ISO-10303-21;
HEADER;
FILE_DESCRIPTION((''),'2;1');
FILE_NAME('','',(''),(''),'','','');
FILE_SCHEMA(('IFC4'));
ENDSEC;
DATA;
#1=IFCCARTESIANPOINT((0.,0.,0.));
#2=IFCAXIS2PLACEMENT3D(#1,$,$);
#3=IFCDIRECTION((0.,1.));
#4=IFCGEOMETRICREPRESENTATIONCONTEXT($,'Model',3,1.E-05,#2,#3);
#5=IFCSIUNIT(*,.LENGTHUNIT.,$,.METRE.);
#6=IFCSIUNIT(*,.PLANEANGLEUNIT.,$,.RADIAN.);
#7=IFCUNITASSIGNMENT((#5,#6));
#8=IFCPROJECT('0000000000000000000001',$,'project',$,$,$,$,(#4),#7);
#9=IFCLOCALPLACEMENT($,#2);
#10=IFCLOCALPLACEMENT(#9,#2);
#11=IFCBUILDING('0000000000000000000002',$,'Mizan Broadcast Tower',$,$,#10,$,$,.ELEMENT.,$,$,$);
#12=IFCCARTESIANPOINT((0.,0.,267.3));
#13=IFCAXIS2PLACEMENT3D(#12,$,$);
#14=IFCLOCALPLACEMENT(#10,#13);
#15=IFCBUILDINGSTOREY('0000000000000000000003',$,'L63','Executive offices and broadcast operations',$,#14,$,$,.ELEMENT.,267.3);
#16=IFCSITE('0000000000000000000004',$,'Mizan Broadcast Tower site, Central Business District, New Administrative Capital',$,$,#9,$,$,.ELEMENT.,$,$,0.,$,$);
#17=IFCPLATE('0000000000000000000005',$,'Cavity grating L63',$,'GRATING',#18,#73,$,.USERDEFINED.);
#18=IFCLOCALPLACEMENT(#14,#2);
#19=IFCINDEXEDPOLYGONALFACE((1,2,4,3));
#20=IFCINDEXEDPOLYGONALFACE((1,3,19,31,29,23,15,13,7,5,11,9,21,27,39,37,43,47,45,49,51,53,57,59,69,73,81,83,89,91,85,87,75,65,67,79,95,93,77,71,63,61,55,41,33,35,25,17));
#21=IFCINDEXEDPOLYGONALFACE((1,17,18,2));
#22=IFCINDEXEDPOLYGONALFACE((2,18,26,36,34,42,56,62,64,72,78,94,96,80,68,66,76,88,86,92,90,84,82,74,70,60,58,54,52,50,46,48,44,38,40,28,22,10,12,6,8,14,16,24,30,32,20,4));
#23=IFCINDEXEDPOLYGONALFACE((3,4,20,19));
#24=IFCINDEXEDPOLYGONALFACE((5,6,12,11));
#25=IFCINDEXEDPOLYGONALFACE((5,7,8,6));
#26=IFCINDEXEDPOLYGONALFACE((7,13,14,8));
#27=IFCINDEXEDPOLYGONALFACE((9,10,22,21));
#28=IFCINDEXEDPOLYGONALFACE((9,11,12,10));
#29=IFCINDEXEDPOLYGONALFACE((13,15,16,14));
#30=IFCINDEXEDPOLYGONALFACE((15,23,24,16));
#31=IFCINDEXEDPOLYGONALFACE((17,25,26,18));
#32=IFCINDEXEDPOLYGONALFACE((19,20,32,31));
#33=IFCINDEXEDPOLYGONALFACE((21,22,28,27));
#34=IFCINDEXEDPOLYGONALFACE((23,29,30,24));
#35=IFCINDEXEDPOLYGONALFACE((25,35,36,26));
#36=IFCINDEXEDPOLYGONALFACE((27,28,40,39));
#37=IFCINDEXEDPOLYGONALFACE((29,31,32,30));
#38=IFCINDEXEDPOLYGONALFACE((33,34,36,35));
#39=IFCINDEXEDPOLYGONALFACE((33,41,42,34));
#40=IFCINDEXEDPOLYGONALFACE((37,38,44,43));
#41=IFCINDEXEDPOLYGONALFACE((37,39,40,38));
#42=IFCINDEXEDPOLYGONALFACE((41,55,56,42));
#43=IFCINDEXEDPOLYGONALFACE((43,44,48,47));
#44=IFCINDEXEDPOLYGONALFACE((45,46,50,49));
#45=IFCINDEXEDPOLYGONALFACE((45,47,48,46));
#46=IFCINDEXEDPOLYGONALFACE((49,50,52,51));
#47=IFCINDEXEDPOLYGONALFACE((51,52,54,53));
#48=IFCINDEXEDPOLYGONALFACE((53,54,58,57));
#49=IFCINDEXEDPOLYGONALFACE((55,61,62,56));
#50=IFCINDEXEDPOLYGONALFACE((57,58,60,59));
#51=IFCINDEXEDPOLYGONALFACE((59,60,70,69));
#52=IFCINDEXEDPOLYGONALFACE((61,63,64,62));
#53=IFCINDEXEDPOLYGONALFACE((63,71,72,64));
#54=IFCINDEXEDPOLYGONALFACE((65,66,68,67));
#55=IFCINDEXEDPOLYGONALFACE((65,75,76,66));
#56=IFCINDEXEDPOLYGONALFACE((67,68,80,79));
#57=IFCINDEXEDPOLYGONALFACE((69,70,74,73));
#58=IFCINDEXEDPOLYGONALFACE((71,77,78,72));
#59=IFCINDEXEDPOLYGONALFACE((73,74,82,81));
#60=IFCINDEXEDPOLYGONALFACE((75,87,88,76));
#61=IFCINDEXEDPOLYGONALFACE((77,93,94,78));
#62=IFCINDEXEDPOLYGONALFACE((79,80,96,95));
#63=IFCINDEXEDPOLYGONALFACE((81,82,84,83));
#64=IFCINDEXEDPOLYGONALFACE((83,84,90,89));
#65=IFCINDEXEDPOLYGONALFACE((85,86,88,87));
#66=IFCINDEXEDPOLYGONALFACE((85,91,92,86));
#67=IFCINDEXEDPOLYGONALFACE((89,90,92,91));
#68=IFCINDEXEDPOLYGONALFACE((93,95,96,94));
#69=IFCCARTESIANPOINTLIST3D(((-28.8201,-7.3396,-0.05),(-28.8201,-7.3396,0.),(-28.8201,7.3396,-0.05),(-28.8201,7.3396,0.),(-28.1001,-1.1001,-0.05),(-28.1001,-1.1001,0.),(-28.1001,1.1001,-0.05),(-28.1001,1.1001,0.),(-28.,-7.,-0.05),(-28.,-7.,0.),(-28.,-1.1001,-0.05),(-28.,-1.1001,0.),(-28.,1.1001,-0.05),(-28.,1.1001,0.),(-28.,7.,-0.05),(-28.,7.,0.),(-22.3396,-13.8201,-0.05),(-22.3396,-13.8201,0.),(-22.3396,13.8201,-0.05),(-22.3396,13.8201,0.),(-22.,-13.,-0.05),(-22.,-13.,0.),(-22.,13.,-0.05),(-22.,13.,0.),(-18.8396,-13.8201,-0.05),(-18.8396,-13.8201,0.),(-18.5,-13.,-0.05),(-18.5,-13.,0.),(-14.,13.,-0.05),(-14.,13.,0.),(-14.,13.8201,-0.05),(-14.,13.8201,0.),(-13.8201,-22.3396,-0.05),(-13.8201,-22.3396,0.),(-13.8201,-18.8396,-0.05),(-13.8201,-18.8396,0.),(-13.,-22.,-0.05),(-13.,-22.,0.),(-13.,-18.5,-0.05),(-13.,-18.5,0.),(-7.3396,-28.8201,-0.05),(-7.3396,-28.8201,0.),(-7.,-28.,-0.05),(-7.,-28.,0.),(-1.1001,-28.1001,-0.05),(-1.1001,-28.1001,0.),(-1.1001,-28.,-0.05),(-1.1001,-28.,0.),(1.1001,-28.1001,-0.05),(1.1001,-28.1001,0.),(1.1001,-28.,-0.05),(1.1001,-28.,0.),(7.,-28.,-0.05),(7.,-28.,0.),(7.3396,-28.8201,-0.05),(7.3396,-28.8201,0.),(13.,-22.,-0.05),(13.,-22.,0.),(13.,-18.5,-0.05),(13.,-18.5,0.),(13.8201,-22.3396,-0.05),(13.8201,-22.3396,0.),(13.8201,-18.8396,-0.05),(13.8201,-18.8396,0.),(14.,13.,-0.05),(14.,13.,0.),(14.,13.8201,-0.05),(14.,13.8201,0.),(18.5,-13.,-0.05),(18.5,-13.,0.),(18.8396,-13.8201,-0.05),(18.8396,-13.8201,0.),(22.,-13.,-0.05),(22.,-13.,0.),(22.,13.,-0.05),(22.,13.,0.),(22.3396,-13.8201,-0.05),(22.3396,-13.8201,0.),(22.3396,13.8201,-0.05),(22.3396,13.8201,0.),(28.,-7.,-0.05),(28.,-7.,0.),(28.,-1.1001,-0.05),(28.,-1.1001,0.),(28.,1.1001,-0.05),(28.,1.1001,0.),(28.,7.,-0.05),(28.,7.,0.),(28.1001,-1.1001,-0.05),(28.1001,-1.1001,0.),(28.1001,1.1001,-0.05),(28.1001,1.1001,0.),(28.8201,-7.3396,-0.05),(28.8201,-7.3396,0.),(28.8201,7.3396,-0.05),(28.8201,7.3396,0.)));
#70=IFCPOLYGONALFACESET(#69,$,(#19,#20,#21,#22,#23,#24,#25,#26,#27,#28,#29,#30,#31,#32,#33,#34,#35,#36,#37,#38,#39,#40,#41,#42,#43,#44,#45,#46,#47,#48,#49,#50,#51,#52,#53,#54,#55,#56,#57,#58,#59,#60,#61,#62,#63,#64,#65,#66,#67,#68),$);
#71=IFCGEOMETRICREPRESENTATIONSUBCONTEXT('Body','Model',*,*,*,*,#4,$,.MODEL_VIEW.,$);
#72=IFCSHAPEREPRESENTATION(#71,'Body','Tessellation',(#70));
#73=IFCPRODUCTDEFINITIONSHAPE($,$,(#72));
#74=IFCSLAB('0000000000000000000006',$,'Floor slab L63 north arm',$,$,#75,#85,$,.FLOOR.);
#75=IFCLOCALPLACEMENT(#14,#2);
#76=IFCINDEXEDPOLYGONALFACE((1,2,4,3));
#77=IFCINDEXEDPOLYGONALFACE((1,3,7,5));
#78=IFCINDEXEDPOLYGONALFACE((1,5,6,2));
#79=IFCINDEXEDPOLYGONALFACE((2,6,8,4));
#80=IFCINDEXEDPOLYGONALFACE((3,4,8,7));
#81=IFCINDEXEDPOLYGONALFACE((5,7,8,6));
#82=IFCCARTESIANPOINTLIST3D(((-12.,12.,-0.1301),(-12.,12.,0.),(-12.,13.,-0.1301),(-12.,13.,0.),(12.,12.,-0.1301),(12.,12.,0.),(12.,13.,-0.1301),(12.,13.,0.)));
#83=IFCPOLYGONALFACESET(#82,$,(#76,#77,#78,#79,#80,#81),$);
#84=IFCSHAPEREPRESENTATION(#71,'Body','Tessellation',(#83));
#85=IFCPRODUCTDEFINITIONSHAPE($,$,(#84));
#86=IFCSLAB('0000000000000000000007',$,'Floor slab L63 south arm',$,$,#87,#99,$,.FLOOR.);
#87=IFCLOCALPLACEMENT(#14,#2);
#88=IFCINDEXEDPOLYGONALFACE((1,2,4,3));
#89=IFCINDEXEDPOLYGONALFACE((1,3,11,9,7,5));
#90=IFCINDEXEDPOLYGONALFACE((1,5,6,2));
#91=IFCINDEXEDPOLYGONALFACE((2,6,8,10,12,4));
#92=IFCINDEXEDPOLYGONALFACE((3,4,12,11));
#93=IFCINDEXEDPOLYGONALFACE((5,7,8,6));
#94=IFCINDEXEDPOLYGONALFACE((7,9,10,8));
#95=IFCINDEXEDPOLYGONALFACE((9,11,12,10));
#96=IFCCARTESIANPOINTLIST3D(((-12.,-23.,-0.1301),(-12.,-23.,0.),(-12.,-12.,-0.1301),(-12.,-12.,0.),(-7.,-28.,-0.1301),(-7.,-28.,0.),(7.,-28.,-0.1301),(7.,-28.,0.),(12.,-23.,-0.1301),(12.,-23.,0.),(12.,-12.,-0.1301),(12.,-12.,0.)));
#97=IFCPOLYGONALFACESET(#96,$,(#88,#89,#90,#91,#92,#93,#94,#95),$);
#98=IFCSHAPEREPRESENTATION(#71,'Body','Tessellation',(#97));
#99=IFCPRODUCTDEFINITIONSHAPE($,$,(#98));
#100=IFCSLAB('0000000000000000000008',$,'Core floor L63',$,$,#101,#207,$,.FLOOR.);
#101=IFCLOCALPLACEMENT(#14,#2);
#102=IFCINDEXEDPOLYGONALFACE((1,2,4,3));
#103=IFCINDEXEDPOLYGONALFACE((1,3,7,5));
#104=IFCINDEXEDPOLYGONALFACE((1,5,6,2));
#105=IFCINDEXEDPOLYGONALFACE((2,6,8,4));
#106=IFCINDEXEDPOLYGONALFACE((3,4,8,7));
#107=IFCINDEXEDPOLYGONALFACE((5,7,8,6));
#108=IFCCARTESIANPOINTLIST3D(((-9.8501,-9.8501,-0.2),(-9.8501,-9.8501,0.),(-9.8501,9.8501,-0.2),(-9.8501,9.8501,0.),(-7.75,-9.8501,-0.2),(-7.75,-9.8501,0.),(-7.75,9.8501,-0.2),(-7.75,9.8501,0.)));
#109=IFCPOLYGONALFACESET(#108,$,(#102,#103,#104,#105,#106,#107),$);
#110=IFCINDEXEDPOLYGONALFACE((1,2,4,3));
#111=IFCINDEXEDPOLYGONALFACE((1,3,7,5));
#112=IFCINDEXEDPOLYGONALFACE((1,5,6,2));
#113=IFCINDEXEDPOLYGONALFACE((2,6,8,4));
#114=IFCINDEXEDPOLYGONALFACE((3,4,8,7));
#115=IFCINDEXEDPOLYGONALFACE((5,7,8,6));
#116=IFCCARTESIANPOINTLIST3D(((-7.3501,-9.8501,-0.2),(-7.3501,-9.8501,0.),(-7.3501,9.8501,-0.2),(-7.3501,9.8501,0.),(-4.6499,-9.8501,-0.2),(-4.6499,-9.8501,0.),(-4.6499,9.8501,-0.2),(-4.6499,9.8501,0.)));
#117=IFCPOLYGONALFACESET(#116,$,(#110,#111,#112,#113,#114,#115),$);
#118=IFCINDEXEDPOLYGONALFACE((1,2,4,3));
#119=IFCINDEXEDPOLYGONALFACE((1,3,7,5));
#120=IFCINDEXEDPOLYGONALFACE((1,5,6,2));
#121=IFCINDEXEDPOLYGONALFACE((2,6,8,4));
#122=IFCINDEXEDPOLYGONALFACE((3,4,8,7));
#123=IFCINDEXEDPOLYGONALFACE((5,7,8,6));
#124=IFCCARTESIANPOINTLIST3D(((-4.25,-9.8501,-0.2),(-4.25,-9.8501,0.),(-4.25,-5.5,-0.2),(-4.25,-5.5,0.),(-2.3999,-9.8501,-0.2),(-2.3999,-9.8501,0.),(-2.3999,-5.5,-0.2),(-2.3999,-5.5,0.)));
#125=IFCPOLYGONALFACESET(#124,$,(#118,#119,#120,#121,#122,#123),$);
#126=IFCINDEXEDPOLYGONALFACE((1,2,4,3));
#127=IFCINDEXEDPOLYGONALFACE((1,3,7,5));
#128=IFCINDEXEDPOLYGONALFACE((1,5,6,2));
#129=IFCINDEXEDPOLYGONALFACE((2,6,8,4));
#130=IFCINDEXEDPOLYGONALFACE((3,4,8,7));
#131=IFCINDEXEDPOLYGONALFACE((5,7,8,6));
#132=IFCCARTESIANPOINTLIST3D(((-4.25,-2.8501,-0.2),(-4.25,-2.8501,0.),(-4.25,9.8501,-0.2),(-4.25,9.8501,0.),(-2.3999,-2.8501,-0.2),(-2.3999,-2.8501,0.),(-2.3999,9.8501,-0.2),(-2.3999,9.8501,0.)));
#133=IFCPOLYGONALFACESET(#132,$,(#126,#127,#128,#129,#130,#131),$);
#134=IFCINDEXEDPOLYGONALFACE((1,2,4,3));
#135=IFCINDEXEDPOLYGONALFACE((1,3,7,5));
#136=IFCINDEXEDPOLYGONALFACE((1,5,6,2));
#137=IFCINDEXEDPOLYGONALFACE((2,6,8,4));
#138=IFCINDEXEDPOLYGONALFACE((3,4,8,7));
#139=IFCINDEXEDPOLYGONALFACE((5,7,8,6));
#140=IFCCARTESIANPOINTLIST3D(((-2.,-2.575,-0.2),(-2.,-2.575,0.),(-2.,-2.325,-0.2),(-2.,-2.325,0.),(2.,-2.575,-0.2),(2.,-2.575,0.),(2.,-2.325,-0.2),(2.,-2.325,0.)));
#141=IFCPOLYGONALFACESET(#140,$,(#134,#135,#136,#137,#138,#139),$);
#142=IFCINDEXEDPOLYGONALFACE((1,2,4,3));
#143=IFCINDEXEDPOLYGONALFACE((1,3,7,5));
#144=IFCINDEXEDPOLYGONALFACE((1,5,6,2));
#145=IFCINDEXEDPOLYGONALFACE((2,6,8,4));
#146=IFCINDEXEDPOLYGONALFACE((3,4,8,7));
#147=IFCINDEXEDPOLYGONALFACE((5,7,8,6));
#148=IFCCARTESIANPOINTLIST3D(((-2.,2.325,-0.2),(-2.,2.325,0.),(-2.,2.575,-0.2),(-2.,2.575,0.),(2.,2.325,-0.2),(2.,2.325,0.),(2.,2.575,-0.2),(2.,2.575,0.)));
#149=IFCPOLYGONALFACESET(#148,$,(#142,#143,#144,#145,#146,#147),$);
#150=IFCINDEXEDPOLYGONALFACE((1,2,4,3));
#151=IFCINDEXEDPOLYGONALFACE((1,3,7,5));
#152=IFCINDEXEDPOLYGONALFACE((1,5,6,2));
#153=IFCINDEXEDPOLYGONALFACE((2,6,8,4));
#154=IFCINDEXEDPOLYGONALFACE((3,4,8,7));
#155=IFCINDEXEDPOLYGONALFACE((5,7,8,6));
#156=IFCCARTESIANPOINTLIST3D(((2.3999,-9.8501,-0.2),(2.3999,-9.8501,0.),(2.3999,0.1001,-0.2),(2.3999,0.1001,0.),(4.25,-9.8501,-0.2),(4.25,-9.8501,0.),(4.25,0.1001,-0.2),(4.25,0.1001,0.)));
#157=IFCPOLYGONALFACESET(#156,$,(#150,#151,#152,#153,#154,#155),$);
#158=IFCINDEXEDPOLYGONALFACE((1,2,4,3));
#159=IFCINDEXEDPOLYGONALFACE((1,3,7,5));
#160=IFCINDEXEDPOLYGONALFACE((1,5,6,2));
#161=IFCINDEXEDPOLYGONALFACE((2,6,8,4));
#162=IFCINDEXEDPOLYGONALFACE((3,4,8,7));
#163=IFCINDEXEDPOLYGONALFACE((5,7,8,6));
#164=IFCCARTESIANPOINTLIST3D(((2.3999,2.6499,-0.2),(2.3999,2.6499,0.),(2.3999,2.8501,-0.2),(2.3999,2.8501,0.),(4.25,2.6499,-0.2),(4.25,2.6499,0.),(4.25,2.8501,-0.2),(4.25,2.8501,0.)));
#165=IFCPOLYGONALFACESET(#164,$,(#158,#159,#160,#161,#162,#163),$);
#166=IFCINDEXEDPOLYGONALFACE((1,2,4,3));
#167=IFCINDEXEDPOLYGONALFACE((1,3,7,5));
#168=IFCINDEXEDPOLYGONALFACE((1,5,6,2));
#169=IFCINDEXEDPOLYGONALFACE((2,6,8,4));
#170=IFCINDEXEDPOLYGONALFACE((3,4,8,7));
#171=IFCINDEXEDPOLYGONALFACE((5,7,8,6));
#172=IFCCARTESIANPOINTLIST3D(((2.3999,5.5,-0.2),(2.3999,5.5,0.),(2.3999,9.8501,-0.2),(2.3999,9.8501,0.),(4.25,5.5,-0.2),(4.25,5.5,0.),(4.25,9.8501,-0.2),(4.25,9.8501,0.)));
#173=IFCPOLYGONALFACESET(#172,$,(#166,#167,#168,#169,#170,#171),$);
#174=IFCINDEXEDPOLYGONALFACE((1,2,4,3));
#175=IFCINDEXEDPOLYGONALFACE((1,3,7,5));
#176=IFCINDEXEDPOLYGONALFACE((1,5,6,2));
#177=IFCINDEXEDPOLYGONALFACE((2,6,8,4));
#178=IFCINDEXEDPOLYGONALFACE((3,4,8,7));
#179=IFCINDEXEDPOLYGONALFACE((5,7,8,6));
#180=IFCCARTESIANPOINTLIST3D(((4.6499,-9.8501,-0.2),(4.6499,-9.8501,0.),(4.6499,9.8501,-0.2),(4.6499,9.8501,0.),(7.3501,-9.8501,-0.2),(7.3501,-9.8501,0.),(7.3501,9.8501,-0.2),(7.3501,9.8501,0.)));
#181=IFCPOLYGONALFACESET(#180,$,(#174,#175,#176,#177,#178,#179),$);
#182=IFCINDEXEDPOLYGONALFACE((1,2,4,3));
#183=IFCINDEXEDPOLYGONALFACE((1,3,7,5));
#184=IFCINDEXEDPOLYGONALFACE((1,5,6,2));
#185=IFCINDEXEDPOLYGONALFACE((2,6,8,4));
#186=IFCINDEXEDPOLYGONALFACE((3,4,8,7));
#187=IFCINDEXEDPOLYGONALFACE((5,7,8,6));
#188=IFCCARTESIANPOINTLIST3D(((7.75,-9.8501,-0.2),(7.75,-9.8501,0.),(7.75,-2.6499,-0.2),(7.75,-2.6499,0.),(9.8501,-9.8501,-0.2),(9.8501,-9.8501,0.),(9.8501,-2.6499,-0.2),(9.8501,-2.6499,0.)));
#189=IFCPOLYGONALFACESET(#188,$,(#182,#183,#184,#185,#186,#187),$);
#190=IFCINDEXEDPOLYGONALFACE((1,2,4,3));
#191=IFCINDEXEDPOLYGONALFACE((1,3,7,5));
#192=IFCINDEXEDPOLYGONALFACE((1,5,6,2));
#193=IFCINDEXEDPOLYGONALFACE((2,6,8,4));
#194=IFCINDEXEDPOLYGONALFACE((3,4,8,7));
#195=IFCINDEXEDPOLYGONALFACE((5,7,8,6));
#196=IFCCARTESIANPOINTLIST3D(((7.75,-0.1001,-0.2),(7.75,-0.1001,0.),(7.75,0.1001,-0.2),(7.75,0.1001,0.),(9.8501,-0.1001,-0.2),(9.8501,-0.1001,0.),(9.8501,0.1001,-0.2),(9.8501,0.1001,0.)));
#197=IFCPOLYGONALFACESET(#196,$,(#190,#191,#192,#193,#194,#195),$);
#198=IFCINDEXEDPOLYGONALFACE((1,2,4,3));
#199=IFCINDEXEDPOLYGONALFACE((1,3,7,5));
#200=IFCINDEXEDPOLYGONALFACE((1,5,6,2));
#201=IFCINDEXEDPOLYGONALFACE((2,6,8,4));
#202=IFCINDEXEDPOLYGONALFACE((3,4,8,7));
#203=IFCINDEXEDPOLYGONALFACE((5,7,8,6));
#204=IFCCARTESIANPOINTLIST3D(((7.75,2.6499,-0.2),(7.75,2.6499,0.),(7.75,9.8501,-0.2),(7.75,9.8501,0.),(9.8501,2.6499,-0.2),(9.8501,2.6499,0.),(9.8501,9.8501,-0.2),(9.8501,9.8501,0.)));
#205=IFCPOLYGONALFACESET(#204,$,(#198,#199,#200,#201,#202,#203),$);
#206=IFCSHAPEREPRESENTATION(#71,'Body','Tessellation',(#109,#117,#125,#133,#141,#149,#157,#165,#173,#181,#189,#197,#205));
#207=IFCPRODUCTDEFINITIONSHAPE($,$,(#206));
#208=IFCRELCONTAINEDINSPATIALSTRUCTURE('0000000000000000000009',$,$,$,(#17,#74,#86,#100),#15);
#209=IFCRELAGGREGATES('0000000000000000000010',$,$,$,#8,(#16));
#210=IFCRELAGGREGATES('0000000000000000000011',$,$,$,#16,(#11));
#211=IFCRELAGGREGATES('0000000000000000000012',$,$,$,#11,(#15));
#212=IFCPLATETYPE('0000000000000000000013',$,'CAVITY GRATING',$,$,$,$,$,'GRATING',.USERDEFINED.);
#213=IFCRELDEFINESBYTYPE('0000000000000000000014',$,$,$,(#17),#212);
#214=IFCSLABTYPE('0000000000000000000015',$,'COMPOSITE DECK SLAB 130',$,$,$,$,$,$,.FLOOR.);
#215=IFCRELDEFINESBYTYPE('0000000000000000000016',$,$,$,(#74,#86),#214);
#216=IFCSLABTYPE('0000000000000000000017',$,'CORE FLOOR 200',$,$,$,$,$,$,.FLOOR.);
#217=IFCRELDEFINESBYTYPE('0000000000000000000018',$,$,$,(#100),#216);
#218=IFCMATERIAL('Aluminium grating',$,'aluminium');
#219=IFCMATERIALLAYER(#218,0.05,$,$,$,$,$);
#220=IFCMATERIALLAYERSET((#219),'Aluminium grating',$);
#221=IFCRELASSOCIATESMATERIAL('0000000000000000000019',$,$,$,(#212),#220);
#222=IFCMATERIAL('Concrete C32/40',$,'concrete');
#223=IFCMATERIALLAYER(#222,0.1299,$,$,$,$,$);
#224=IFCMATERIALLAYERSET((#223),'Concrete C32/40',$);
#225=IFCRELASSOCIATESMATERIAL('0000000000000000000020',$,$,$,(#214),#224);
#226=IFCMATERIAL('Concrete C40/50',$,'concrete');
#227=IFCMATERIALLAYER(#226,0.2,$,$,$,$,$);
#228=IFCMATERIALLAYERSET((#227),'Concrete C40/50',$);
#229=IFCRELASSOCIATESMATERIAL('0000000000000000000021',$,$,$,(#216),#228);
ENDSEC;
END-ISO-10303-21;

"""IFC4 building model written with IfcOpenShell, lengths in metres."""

from ifc_helpers import new_model, si_unit, direction, frame, origin, place, context, subcontext, project, spatial, polyline, outline, extrude, material, layer, layer_set, type_object, element, save


model = new_model("IFC4")

# Units and contexts
model_context = context("Model", 3, precision=1e-05, world=origin(), true_north=direction((0.0, 1.0)))
body_context = subcontext(model_context, "Body", "Model", "MODEL_VIEW")
ifc_project = project(units=[si_unit("LENGTHUNIT", "METRE"), si_unit("PLANEANGLEUNIT", "RADIAN")], contexts=[model_context])

# Site, building, storey
site_placement = place(None, origin())
site = spatial("IfcSite", under=ifc_project, at=site_placement, Name="Mizan Broadcast Tower site, Central Business District, New Administrative Capital", CompositionType="ELEMENT", RefElevation=0.0)
building_placement = place(site_placement, origin())
building = spatial("IfcBuilding", under=site, at=building_placement, Name="Mizan Broadcast Tower", CompositionType="ELEMENT")
storey_placement = place(building_placement, frame((0.0, 0.0, 267.3)))
storey = spatial("IfcBuildingStorey", under=building, at=storey_placement, Name="L63", Description="Executive offices and broadcast operations", CompositionType="ELEMENT", Elevation=267.3)

# Plate
ifc_material_1 = material(Name="Aluminium grating", Category="aluminium")
ifc_layer_1 = layer(ifc_material_1, 0.05)
ifc_layer_set_1 = layer_set([ifc_layer_1], Name="Aluminium grating")
plate_type = type_object("IfcPlateType", Name="CAVITY GRATING", ElementType="GRATING", PredefinedType="USERDEFINED", material=ifc_layer_set_1)
plate_placement = place(storey_placement, frame((0.0, 0.0, -0.05)))
element("IfcPlate", 1, at=plate_placement, inside=storey, type_object=plate_type, Name="Cavity grating L63", ObjectType="GRATING", PredefinedType="USERDEFINED", context=body_context, shape_type="SweptSolid", body=[
    extrude(outline(polyline([(-14.0, 13.8201), (-22.3396, 13.8201), (-28.8201, 7.3396), (-28.8201, -7.3396), (-22.3396, -13.8201), (-18.8396, -13.8201), (-13.8201, -18.8396), (-13.8201, -22.3396), (-7.3396, -28.8201), (7.3396, -28.8201), (13.8201, -22.3396), (13.8201, -18.8396), (18.8396, -13.8201), (22.3396, -13.8201), (28.8201, -7.3396), (28.8201, 7.3396), (22.3396, 13.8201), (14.0, 13.8201), (14.0, 13.0), (22.0, 13.0), (28.0, 7.0), (28.0, 1.1001), (28.1001, 1.1001), (28.1001, -1.1001), (28.0, -1.1001), (28.0, -7.0), (22.0, -13.0), (18.5, -13.0), (13.0, -18.5), (13.0, -22.0), (7.0, -28.0), (1.1001, -28.0), (1.1001, -28.1001), (-1.1001, -28.1001), (-1.1001, -28.0), (-7.0, -28.0), (-13.0, -22.0), (-13.0, -18.5), (-18.5, -13.0), (-22.0, -13.0), (-28.0, -7.0), (-28.0, -1.1001), (-28.1001, -1.1001), (-28.1001, 1.1001), (-28.0, 1.1001), (-28.0, 7.0), (-22.0, 13.0), (-14.0, 13.0), (-14.0, 13.8201)])), origin(), (0.0, 0.0, 1.0), 0.05),
])

# Slabs
ifc_material_2 = material(Name="Concrete C32/40", Category="concrete")
ifc_layer_2 = layer(ifc_material_2, 0.1299)
ifc_layer_set_2 = layer_set([ifc_layer_2], Name="Concrete C32/40")
slab_type_1 = type_object("IfcSlabType", Name="COMPOSITE DECK SLAB 130", PredefinedType="FLOOR", material=ifc_layer_set_2)
slab_1_placement = place(storey_placement, frame((0.0, 0.0, -0.1301)))
element("IfcSlab", 2, at=slab_1_placement, inside=storey, type_object=slab_type_1, Name="Floor slab L63 north arm", PredefinedType="FLOOR", context=body_context, shape_type="SweptSolid", body=[
    extrude(outline(polyline([(12.0, 13.0), (-12.0, 13.0), (-12.0, 12.0), (12.0, 12.0), (12.0, 13.0)])), origin(), (0.0, 0.0, 1.0), 0.1301),
])
slab_2_placement = place(storey_placement, frame((0.0, 0.0, -0.1301)))
element("IfcSlab", 3, at=slab_2_placement, inside=storey, type_object=slab_type_1, Name="Floor slab L63 south arm", PredefinedType="FLOOR", context=body_context, shape_type="SweptSolid", body=[
    extrude(outline(polyline([(7.0, -28.0), (12.0, -23.0), (12.0, -12.0), (-12.0, -12.0), (-12.0, -23.0), (-7.0, -28.0), (7.0, -28.0)])), origin(), (0.0, 0.0, 1.0), 0.1301),
])
ifc_material_3 = material(Name="Concrete C40/50", Category="concrete")
ifc_layer_3 = layer(ifc_material_3, 0.2)
ifc_layer_set_3 = layer_set([ifc_layer_3], Name="Concrete C40/50")
slab_type_2 = type_object("IfcSlabType", Name="CORE FLOOR 200", PredefinedType="FLOOR", material=ifc_layer_set_3)
slab_3_placement = place(storey_placement, frame((0.0, 0.0, -0.2)))
element("IfcSlab", 4, at=slab_3_placement, inside=storey, type_object=slab_type_2, Name="Core floor L63", PredefinedType="FLOOR", context=body_context, shape_type="SweptSolid", body=[
    extrude(outline(polyline([(-9.8501, -9.8501), (-7.75, -9.8501), (-7.75, 9.8501), (-9.8501, 9.8501), (-9.8501, -9.8501)])), origin(), (0.0, 0.0, 1.0), 0.2),
    extrude(outline(polyline([(-4.6499, 9.8501), (-7.3501, 9.8501), (-7.3501, -9.8501), (-4.6499, -9.8501), (-4.6499, 9.8501)])), origin(), (0.0, 0.0, 1.0), 0.2),
    extrude(outline(polyline([(-4.25, -5.5), (-4.25, -9.8501), (-2.3999, -9.8501), (-2.3999, -5.5), (-4.25, -5.5)])), origin(), (0.0, 0.0, 1.0), 0.2),
    extrude(outline(polyline([(-4.25, -2.8501), (-2.3999, -2.8501), (-2.3999, 9.8501), (-4.25, 9.8501), (-4.25, -2.8501)])), origin(), (0.0, 0.0, 1.0), 0.2),
    extrude(outline(polyline([(2.0, -2.325), (-2.0, -2.325), (-2.0, -2.575), (2.0, -2.575), (2.0, -2.325)])), origin(), (0.0, 0.0, 1.0), 0.2),
    extrude(outline(polyline([(2.0, 2.575), (-2.0, 2.575), (-2.0, 2.325), (2.0, 2.325), (2.0, 2.575)])), origin(), (0.0, 0.0, 1.0), 0.2),
    extrude(outline(polyline([(4.25, -9.8501), (4.25, 0.1001), (2.3999, 0.1001), (2.3999, -9.8501), (4.25, -9.8501)])), origin(), (0.0, 0.0, 1.0), 0.2),
    extrude(outline(polyline([(4.25, 2.6499), (4.25, 2.8501), (2.3999, 2.8501), (2.3999, 2.6499), (4.25, 2.6499)])), origin(), (0.0, 0.0, 1.0), 0.2),
    extrude(outline(polyline([(4.25, 5.5), (4.25, 9.8501), (2.3999, 9.8501), (2.3999, 5.5), (4.25, 5.5)])), origin(), (0.0, 0.0, 1.0), 0.2),
    extrude(outline(polyline([(4.6499, 9.8501), (4.6499, -9.8501), (7.3501, -9.8501), (7.3501, 9.8501), (4.6499, 9.8501)])), origin(), (0.0, 0.0, 1.0), 0.2),
    extrude(outline(polyline([(9.8501, -9.8501), (9.8501, -2.6499), (7.75, -2.6499), (7.75, -9.8501), (9.8501, -9.8501)])), origin(), (0.0, 0.0, 1.0), 0.2),
    extrude(outline(polyline([(9.8501, -0.1001), (9.8501, 0.1001), (7.75, 0.1001), (7.75, -0.1001), (9.8501, -0.1001)])), origin(), (0.0, 0.0, 1.0), 0.2),
    extrude(outline(polyline([(7.75, 9.8501), (7.75, 2.6499), (9.8501, 2.6499), (9.8501, 9.8501), (7.75, 9.8501)])), origin(), (0.0, 0.0, 1.0), 0.2),
])

save(model, "model.ifc")
